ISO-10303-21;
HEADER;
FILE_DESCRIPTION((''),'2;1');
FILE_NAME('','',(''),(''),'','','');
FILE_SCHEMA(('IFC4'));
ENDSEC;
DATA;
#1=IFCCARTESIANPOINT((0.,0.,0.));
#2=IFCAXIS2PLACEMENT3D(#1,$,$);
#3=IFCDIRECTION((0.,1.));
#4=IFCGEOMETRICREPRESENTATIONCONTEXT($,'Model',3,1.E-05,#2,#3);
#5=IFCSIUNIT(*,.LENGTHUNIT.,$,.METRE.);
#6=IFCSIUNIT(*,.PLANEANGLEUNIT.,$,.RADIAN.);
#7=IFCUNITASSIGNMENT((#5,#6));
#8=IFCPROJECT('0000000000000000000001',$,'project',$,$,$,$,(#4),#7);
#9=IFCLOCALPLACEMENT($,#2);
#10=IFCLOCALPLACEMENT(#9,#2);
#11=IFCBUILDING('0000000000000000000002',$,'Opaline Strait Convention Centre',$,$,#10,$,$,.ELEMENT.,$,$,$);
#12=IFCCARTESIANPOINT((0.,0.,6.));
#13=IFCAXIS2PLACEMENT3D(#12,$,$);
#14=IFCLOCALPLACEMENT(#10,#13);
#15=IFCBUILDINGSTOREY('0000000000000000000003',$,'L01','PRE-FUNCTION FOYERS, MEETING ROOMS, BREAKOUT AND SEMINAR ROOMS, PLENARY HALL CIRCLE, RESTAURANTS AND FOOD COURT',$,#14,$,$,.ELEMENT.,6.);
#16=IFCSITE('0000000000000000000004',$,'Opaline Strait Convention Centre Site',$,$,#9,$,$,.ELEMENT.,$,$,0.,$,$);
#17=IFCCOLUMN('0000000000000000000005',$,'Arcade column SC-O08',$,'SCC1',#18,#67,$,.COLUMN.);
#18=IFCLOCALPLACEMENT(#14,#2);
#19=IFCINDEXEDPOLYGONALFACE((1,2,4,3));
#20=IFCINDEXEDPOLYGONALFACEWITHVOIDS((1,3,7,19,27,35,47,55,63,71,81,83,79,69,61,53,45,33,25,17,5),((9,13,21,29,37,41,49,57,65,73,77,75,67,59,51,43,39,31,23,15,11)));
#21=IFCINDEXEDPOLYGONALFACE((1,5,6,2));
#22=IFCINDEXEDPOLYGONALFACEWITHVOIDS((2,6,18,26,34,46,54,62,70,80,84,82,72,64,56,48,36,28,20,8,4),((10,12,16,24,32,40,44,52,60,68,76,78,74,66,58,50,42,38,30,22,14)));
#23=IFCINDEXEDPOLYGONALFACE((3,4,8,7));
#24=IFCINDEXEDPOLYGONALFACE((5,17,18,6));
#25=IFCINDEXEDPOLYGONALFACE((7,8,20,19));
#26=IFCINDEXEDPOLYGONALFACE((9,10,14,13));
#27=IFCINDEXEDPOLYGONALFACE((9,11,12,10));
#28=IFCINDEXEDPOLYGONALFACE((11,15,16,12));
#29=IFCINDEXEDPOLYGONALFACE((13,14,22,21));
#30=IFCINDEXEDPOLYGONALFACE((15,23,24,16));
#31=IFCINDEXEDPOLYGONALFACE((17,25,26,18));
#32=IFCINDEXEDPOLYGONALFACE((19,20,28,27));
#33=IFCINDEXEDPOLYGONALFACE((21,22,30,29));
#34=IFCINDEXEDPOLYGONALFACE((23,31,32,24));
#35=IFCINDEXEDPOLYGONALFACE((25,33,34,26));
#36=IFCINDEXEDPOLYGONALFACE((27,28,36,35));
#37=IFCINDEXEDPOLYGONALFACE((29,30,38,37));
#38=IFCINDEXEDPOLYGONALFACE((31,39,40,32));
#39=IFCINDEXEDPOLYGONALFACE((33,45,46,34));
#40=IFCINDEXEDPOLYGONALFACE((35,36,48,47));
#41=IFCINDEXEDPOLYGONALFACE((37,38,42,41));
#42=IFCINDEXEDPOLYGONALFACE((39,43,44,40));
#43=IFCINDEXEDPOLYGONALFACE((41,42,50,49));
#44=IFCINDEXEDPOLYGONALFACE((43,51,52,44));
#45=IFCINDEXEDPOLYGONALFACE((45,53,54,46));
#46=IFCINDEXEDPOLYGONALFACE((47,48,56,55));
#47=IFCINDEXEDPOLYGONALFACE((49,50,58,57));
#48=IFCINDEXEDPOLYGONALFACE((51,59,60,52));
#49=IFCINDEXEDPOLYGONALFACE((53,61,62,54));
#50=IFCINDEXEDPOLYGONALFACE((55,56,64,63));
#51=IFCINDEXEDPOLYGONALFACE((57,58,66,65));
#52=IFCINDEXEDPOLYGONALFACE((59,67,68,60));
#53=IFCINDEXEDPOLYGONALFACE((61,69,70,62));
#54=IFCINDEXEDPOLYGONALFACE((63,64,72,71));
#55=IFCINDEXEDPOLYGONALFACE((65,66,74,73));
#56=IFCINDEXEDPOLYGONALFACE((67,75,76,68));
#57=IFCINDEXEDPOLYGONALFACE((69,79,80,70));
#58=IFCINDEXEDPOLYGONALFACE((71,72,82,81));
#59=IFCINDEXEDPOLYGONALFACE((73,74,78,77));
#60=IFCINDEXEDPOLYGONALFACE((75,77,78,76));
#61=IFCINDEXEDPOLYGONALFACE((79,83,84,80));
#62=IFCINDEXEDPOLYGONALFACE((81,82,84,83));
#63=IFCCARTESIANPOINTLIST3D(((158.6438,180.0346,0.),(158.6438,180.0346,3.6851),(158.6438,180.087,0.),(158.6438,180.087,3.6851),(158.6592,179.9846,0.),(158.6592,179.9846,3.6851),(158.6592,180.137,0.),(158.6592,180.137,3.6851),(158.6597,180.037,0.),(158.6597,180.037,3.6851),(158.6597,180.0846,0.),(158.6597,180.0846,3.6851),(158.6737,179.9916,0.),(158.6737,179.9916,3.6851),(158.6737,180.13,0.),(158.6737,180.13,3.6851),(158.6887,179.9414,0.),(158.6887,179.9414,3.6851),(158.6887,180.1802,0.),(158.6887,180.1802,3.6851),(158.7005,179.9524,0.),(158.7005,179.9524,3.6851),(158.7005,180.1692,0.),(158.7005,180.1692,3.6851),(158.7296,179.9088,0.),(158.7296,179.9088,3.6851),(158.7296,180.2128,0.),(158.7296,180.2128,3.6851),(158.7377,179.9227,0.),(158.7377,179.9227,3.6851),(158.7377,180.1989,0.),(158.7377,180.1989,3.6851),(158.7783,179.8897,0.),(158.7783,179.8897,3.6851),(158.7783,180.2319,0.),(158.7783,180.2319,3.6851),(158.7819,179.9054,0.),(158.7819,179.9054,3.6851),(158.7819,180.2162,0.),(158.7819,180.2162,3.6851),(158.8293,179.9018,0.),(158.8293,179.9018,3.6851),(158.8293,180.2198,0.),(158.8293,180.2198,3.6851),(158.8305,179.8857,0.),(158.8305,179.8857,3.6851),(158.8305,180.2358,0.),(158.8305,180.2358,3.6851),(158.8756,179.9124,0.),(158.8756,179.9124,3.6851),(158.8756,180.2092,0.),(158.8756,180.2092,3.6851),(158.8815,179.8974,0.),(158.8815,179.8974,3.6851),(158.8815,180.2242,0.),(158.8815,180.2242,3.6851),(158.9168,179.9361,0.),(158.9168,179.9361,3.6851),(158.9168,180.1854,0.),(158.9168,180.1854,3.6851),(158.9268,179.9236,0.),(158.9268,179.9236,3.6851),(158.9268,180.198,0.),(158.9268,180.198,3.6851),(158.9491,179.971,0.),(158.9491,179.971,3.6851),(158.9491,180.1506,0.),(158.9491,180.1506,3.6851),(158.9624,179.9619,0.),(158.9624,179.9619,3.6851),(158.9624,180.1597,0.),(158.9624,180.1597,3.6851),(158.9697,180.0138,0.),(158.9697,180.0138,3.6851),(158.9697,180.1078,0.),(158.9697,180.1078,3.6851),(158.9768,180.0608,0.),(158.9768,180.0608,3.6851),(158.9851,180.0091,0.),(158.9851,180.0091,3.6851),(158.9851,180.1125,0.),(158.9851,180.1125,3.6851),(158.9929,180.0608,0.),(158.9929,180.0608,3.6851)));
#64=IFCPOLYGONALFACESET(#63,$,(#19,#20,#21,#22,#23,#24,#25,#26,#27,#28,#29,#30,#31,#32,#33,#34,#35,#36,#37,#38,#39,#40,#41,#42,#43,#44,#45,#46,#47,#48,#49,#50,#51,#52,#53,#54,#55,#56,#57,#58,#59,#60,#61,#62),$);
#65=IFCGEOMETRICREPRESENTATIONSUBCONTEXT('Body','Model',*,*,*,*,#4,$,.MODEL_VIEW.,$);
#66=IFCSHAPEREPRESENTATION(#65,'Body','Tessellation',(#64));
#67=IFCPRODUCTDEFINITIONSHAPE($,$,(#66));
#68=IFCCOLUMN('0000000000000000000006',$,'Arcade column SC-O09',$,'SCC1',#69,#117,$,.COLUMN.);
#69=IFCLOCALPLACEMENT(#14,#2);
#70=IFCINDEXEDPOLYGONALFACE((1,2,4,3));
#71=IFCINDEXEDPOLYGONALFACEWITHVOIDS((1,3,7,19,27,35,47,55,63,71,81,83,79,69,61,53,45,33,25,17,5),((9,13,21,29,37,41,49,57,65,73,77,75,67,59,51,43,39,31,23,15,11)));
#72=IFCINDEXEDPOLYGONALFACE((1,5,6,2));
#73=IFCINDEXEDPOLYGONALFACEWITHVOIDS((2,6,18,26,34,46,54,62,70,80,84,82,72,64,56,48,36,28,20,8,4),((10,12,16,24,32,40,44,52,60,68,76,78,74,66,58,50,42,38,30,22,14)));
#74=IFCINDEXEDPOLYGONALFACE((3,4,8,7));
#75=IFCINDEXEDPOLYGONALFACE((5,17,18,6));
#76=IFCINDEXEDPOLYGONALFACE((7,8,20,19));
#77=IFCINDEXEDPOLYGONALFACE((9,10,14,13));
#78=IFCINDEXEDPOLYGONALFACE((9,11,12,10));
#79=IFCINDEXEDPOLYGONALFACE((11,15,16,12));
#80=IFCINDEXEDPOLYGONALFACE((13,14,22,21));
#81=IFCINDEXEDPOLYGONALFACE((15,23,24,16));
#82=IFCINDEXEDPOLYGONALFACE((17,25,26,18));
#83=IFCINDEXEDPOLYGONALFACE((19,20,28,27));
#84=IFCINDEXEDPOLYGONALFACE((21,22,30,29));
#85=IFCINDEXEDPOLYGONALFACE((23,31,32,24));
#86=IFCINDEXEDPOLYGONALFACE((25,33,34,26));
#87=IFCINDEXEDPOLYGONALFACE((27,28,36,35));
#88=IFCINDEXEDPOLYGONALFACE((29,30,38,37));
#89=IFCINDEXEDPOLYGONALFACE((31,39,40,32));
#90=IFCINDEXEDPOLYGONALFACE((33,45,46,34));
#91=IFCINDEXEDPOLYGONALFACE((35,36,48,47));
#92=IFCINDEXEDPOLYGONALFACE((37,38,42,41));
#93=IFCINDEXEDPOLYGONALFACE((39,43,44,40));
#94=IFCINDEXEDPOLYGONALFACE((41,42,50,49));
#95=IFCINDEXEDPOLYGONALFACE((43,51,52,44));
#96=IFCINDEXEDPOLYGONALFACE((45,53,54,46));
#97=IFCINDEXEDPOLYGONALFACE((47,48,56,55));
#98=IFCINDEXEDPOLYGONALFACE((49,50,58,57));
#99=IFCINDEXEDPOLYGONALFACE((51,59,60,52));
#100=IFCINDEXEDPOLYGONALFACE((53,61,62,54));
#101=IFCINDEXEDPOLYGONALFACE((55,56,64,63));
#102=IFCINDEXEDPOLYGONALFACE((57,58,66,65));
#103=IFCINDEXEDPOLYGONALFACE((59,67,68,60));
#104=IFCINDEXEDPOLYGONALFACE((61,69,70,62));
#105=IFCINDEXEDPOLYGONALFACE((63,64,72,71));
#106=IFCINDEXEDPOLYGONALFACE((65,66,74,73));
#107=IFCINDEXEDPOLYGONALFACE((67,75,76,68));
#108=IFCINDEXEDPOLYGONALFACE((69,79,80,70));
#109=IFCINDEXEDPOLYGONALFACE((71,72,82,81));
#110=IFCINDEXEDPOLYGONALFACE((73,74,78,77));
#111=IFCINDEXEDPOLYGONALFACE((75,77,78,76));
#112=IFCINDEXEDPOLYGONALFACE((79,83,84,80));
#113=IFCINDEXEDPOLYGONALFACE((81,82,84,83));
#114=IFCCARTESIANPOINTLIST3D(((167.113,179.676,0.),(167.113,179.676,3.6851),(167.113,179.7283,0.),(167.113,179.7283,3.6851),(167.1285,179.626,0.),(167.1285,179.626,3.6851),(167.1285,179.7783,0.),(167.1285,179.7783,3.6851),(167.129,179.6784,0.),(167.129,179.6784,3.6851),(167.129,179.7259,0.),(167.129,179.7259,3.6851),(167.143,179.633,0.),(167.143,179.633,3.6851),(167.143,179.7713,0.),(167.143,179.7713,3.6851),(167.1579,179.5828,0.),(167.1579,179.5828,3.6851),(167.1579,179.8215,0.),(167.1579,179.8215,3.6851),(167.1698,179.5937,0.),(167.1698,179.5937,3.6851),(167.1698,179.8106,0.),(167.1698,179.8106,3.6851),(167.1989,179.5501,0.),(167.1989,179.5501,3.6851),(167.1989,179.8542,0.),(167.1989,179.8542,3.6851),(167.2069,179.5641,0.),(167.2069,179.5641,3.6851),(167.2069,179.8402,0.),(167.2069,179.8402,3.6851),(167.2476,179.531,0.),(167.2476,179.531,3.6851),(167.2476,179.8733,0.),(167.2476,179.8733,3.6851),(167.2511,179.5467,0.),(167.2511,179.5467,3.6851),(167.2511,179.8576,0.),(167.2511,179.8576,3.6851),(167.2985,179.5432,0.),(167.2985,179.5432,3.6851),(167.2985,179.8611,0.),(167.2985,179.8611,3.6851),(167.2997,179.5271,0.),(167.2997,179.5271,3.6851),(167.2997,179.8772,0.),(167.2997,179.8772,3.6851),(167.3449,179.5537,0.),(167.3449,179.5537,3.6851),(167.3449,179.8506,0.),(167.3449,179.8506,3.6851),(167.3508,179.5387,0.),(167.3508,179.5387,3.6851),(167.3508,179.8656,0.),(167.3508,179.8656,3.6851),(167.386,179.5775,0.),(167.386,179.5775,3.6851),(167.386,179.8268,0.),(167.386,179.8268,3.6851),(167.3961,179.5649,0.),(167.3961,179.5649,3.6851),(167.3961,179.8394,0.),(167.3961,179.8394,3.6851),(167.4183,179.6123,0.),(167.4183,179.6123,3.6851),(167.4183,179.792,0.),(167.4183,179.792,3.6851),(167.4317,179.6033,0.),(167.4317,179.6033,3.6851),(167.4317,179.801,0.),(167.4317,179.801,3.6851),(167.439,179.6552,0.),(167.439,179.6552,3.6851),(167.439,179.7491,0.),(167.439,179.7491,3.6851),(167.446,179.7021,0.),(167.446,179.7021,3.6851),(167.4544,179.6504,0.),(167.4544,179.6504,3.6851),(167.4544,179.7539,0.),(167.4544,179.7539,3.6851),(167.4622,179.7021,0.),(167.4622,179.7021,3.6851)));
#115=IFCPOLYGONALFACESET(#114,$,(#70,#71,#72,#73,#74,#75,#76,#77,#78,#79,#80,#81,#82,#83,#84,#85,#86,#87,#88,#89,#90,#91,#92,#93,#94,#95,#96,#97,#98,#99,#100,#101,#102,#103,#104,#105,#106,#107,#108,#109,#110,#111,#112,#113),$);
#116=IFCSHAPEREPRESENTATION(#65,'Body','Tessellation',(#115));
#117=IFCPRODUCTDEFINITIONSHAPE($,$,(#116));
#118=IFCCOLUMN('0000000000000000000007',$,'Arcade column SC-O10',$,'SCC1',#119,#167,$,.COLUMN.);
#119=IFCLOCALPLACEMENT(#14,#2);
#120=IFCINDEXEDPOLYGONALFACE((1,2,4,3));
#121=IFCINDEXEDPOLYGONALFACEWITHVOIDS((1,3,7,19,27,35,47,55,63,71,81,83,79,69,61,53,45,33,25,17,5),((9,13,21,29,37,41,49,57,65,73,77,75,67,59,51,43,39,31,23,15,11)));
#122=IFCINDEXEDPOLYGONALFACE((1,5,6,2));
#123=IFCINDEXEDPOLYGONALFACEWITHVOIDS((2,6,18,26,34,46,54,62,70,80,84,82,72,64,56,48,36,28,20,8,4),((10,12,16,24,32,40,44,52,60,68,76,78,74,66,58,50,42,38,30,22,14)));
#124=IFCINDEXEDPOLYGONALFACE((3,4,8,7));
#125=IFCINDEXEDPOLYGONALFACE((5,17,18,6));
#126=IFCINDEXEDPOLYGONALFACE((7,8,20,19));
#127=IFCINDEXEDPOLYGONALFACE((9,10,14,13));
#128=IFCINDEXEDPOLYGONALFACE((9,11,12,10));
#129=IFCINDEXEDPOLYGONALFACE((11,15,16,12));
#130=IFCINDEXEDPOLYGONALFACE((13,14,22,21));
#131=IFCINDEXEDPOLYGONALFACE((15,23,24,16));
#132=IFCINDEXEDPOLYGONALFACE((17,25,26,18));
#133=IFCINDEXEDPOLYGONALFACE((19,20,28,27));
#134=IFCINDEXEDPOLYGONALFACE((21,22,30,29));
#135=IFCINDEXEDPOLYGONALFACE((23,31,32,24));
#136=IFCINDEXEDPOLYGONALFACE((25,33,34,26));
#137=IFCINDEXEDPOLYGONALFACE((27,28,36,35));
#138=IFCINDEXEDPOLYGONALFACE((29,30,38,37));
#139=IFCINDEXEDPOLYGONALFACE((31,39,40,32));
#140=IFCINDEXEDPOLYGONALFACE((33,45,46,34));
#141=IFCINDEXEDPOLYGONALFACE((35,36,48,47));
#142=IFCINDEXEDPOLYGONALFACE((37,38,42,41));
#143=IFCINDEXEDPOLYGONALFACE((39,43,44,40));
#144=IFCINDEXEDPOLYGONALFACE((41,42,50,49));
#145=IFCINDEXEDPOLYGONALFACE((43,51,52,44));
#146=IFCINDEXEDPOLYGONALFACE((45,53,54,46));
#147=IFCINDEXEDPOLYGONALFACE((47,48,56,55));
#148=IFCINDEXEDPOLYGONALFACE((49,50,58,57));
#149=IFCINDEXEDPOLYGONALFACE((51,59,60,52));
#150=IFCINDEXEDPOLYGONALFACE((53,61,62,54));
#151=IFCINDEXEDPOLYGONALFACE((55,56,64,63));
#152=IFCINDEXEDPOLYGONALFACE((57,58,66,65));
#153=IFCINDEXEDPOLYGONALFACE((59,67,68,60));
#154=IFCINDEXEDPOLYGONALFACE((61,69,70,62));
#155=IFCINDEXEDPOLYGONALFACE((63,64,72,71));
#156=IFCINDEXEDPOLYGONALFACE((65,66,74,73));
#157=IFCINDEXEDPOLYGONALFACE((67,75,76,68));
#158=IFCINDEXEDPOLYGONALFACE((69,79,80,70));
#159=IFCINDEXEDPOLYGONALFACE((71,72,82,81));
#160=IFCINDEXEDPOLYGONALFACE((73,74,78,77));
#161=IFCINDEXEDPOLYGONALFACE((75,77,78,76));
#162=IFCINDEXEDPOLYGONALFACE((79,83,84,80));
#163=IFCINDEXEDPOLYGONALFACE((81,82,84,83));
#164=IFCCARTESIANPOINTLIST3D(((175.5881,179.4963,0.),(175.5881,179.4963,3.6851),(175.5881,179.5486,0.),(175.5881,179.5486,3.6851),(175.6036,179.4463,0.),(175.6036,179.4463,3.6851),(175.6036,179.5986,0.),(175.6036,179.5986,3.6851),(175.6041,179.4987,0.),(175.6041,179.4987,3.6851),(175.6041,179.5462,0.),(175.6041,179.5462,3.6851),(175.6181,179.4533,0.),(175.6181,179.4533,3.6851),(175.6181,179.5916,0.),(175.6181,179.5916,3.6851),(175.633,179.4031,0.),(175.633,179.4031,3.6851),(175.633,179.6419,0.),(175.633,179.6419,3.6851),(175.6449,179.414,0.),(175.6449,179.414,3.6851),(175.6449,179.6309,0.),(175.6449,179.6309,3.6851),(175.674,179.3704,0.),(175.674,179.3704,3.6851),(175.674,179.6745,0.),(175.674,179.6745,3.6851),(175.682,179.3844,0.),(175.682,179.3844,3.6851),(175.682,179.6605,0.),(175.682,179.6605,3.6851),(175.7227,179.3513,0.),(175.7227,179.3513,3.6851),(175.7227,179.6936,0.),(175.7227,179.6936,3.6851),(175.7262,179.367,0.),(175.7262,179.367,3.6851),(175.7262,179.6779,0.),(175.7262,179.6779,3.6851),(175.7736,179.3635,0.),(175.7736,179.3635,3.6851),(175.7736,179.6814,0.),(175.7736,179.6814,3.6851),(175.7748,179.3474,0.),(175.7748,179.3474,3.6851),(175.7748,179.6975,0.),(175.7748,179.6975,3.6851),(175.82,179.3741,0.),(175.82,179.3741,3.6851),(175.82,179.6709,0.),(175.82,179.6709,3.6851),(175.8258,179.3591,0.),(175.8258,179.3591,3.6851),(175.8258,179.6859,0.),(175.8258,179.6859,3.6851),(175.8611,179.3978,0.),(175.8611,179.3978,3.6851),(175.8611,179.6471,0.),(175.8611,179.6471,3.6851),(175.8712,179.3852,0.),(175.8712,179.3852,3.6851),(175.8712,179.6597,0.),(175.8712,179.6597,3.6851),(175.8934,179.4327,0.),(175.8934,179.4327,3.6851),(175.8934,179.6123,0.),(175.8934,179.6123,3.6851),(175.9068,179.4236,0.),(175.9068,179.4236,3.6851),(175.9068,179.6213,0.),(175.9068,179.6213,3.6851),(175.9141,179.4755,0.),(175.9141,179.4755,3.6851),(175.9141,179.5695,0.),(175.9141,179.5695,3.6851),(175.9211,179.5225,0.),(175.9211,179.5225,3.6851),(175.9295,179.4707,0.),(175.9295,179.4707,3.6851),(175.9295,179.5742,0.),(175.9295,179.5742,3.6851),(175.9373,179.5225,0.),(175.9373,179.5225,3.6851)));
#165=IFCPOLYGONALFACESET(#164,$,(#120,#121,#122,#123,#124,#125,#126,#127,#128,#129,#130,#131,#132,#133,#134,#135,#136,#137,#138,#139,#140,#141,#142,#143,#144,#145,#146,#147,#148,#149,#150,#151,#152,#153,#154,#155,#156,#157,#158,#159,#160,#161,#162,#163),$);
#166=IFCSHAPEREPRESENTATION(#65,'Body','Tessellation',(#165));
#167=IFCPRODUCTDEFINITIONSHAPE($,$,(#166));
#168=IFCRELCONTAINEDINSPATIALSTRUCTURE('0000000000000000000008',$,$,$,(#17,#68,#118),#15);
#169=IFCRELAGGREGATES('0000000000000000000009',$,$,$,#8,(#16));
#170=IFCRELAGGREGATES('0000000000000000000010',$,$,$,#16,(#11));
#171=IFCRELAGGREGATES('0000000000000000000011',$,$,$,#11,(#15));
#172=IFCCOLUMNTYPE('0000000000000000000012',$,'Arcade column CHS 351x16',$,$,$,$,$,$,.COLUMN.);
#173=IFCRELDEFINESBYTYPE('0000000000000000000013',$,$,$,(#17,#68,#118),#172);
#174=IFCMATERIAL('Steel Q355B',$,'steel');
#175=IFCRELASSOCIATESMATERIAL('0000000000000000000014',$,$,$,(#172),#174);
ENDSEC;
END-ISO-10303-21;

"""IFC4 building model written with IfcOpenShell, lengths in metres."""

from ifc_helpers import new_model, si_unit, direction, frame, origin, origin_2d, place, context, subcontext, project, spatial, hollow_circle, extrude, material, material_profile, profile_set, type_object, element, save


model = new_model("IFC4")

# Units and contexts
model_context = context("Model", 3, precision=1e-05, world=origin(), true_north=direction((0.0, 1.0)))
body_context = subcontext(model_context, "Body", "Model", "MODEL_VIEW")
ifc_project = project(units=[si_unit("LENGTHUNIT", "METRE"), si_unit("PLANEANGLEUNIT", "RADIAN")], contexts=[model_context])

# Site, building, storey
site_placement = place(None, origin())
site = spatial("IfcSite", under=ifc_project, at=site_placement, Name="Opaline Strait Convention Centre Site", CompositionType="ELEMENT", RefElevation=0.0)
building_placement = place(site_placement, origin())
building = spatial("IfcBuilding", under=site, at=building_placement, Name="Opaline Strait Convention Centre", CompositionType="ELEMENT")
storey_placement = place(building_placement, frame((0.0, 0.0, 6.0)))
storey = spatial("IfcBuildingStorey", under=building, at=storey_placement, Name="L01", Description="PRE-FUNCTION FOYERS, MEETING ROOMS, BREAKOUT AND SEMINAR ROOMS, PLENARY HALL CIRCLE, RESTAURANTS AND FOOD COURT", CompositionType="ELEMENT", Elevation=6.0)

# Columns
ifc_material_1 = material(Name="Steel Q355B", Category="steel")
ifc_material_profile_1 = material_profile(ifc_material_1, hollow_circle(Radius=0.1755, WallThickness=0.0161, at=origin_2d()), Name="CHS 351x16")
ifc_profile_set_1 = profile_set([ifc_material_profile_1], Name="Steel Q355B")
column_type = type_object("IfcColumnType", Name="Arcade column CHS 351x16", PredefinedType="COLUMN", material=ifc_profile_set_1)
for number, where, z_axis, x_axis, name in (
    (1, (158.8174, 180.0608, 0.0), (0.0, 0.0, 1.0), (1.0, 0.0, 0.0), "Arcade column SC-O08"),
    (2, (167.2866, 179.7021, 0.0), (0.0, 0.0, 1.0), (1.0, 0.0, 0.0), "Arcade column SC-O09"),
    (3, (175.7617, 179.5225, 0.0), (0.0, 0.0, 1.0), (1.0, 0.0, 0.0), "Arcade column SC-O10"),
):
    element("IfcColumn", number, at=place(storey_placement, frame(where, z_axis=z_axis, x_axis=x_axis)), inside=storey, type_object=column_type, Name=name, ObjectType="SCC1", PredefinedType="COLUMN", context=body_context, shape_type="SweptSolid", body=[
        extrude(hollow_circle(Radius=0.1755, WallThickness=0.0161, at=origin_2d()), origin(), (0.0, 0.0, 1.0), 3.6851),
    ])

save(model, "model.ifc")
